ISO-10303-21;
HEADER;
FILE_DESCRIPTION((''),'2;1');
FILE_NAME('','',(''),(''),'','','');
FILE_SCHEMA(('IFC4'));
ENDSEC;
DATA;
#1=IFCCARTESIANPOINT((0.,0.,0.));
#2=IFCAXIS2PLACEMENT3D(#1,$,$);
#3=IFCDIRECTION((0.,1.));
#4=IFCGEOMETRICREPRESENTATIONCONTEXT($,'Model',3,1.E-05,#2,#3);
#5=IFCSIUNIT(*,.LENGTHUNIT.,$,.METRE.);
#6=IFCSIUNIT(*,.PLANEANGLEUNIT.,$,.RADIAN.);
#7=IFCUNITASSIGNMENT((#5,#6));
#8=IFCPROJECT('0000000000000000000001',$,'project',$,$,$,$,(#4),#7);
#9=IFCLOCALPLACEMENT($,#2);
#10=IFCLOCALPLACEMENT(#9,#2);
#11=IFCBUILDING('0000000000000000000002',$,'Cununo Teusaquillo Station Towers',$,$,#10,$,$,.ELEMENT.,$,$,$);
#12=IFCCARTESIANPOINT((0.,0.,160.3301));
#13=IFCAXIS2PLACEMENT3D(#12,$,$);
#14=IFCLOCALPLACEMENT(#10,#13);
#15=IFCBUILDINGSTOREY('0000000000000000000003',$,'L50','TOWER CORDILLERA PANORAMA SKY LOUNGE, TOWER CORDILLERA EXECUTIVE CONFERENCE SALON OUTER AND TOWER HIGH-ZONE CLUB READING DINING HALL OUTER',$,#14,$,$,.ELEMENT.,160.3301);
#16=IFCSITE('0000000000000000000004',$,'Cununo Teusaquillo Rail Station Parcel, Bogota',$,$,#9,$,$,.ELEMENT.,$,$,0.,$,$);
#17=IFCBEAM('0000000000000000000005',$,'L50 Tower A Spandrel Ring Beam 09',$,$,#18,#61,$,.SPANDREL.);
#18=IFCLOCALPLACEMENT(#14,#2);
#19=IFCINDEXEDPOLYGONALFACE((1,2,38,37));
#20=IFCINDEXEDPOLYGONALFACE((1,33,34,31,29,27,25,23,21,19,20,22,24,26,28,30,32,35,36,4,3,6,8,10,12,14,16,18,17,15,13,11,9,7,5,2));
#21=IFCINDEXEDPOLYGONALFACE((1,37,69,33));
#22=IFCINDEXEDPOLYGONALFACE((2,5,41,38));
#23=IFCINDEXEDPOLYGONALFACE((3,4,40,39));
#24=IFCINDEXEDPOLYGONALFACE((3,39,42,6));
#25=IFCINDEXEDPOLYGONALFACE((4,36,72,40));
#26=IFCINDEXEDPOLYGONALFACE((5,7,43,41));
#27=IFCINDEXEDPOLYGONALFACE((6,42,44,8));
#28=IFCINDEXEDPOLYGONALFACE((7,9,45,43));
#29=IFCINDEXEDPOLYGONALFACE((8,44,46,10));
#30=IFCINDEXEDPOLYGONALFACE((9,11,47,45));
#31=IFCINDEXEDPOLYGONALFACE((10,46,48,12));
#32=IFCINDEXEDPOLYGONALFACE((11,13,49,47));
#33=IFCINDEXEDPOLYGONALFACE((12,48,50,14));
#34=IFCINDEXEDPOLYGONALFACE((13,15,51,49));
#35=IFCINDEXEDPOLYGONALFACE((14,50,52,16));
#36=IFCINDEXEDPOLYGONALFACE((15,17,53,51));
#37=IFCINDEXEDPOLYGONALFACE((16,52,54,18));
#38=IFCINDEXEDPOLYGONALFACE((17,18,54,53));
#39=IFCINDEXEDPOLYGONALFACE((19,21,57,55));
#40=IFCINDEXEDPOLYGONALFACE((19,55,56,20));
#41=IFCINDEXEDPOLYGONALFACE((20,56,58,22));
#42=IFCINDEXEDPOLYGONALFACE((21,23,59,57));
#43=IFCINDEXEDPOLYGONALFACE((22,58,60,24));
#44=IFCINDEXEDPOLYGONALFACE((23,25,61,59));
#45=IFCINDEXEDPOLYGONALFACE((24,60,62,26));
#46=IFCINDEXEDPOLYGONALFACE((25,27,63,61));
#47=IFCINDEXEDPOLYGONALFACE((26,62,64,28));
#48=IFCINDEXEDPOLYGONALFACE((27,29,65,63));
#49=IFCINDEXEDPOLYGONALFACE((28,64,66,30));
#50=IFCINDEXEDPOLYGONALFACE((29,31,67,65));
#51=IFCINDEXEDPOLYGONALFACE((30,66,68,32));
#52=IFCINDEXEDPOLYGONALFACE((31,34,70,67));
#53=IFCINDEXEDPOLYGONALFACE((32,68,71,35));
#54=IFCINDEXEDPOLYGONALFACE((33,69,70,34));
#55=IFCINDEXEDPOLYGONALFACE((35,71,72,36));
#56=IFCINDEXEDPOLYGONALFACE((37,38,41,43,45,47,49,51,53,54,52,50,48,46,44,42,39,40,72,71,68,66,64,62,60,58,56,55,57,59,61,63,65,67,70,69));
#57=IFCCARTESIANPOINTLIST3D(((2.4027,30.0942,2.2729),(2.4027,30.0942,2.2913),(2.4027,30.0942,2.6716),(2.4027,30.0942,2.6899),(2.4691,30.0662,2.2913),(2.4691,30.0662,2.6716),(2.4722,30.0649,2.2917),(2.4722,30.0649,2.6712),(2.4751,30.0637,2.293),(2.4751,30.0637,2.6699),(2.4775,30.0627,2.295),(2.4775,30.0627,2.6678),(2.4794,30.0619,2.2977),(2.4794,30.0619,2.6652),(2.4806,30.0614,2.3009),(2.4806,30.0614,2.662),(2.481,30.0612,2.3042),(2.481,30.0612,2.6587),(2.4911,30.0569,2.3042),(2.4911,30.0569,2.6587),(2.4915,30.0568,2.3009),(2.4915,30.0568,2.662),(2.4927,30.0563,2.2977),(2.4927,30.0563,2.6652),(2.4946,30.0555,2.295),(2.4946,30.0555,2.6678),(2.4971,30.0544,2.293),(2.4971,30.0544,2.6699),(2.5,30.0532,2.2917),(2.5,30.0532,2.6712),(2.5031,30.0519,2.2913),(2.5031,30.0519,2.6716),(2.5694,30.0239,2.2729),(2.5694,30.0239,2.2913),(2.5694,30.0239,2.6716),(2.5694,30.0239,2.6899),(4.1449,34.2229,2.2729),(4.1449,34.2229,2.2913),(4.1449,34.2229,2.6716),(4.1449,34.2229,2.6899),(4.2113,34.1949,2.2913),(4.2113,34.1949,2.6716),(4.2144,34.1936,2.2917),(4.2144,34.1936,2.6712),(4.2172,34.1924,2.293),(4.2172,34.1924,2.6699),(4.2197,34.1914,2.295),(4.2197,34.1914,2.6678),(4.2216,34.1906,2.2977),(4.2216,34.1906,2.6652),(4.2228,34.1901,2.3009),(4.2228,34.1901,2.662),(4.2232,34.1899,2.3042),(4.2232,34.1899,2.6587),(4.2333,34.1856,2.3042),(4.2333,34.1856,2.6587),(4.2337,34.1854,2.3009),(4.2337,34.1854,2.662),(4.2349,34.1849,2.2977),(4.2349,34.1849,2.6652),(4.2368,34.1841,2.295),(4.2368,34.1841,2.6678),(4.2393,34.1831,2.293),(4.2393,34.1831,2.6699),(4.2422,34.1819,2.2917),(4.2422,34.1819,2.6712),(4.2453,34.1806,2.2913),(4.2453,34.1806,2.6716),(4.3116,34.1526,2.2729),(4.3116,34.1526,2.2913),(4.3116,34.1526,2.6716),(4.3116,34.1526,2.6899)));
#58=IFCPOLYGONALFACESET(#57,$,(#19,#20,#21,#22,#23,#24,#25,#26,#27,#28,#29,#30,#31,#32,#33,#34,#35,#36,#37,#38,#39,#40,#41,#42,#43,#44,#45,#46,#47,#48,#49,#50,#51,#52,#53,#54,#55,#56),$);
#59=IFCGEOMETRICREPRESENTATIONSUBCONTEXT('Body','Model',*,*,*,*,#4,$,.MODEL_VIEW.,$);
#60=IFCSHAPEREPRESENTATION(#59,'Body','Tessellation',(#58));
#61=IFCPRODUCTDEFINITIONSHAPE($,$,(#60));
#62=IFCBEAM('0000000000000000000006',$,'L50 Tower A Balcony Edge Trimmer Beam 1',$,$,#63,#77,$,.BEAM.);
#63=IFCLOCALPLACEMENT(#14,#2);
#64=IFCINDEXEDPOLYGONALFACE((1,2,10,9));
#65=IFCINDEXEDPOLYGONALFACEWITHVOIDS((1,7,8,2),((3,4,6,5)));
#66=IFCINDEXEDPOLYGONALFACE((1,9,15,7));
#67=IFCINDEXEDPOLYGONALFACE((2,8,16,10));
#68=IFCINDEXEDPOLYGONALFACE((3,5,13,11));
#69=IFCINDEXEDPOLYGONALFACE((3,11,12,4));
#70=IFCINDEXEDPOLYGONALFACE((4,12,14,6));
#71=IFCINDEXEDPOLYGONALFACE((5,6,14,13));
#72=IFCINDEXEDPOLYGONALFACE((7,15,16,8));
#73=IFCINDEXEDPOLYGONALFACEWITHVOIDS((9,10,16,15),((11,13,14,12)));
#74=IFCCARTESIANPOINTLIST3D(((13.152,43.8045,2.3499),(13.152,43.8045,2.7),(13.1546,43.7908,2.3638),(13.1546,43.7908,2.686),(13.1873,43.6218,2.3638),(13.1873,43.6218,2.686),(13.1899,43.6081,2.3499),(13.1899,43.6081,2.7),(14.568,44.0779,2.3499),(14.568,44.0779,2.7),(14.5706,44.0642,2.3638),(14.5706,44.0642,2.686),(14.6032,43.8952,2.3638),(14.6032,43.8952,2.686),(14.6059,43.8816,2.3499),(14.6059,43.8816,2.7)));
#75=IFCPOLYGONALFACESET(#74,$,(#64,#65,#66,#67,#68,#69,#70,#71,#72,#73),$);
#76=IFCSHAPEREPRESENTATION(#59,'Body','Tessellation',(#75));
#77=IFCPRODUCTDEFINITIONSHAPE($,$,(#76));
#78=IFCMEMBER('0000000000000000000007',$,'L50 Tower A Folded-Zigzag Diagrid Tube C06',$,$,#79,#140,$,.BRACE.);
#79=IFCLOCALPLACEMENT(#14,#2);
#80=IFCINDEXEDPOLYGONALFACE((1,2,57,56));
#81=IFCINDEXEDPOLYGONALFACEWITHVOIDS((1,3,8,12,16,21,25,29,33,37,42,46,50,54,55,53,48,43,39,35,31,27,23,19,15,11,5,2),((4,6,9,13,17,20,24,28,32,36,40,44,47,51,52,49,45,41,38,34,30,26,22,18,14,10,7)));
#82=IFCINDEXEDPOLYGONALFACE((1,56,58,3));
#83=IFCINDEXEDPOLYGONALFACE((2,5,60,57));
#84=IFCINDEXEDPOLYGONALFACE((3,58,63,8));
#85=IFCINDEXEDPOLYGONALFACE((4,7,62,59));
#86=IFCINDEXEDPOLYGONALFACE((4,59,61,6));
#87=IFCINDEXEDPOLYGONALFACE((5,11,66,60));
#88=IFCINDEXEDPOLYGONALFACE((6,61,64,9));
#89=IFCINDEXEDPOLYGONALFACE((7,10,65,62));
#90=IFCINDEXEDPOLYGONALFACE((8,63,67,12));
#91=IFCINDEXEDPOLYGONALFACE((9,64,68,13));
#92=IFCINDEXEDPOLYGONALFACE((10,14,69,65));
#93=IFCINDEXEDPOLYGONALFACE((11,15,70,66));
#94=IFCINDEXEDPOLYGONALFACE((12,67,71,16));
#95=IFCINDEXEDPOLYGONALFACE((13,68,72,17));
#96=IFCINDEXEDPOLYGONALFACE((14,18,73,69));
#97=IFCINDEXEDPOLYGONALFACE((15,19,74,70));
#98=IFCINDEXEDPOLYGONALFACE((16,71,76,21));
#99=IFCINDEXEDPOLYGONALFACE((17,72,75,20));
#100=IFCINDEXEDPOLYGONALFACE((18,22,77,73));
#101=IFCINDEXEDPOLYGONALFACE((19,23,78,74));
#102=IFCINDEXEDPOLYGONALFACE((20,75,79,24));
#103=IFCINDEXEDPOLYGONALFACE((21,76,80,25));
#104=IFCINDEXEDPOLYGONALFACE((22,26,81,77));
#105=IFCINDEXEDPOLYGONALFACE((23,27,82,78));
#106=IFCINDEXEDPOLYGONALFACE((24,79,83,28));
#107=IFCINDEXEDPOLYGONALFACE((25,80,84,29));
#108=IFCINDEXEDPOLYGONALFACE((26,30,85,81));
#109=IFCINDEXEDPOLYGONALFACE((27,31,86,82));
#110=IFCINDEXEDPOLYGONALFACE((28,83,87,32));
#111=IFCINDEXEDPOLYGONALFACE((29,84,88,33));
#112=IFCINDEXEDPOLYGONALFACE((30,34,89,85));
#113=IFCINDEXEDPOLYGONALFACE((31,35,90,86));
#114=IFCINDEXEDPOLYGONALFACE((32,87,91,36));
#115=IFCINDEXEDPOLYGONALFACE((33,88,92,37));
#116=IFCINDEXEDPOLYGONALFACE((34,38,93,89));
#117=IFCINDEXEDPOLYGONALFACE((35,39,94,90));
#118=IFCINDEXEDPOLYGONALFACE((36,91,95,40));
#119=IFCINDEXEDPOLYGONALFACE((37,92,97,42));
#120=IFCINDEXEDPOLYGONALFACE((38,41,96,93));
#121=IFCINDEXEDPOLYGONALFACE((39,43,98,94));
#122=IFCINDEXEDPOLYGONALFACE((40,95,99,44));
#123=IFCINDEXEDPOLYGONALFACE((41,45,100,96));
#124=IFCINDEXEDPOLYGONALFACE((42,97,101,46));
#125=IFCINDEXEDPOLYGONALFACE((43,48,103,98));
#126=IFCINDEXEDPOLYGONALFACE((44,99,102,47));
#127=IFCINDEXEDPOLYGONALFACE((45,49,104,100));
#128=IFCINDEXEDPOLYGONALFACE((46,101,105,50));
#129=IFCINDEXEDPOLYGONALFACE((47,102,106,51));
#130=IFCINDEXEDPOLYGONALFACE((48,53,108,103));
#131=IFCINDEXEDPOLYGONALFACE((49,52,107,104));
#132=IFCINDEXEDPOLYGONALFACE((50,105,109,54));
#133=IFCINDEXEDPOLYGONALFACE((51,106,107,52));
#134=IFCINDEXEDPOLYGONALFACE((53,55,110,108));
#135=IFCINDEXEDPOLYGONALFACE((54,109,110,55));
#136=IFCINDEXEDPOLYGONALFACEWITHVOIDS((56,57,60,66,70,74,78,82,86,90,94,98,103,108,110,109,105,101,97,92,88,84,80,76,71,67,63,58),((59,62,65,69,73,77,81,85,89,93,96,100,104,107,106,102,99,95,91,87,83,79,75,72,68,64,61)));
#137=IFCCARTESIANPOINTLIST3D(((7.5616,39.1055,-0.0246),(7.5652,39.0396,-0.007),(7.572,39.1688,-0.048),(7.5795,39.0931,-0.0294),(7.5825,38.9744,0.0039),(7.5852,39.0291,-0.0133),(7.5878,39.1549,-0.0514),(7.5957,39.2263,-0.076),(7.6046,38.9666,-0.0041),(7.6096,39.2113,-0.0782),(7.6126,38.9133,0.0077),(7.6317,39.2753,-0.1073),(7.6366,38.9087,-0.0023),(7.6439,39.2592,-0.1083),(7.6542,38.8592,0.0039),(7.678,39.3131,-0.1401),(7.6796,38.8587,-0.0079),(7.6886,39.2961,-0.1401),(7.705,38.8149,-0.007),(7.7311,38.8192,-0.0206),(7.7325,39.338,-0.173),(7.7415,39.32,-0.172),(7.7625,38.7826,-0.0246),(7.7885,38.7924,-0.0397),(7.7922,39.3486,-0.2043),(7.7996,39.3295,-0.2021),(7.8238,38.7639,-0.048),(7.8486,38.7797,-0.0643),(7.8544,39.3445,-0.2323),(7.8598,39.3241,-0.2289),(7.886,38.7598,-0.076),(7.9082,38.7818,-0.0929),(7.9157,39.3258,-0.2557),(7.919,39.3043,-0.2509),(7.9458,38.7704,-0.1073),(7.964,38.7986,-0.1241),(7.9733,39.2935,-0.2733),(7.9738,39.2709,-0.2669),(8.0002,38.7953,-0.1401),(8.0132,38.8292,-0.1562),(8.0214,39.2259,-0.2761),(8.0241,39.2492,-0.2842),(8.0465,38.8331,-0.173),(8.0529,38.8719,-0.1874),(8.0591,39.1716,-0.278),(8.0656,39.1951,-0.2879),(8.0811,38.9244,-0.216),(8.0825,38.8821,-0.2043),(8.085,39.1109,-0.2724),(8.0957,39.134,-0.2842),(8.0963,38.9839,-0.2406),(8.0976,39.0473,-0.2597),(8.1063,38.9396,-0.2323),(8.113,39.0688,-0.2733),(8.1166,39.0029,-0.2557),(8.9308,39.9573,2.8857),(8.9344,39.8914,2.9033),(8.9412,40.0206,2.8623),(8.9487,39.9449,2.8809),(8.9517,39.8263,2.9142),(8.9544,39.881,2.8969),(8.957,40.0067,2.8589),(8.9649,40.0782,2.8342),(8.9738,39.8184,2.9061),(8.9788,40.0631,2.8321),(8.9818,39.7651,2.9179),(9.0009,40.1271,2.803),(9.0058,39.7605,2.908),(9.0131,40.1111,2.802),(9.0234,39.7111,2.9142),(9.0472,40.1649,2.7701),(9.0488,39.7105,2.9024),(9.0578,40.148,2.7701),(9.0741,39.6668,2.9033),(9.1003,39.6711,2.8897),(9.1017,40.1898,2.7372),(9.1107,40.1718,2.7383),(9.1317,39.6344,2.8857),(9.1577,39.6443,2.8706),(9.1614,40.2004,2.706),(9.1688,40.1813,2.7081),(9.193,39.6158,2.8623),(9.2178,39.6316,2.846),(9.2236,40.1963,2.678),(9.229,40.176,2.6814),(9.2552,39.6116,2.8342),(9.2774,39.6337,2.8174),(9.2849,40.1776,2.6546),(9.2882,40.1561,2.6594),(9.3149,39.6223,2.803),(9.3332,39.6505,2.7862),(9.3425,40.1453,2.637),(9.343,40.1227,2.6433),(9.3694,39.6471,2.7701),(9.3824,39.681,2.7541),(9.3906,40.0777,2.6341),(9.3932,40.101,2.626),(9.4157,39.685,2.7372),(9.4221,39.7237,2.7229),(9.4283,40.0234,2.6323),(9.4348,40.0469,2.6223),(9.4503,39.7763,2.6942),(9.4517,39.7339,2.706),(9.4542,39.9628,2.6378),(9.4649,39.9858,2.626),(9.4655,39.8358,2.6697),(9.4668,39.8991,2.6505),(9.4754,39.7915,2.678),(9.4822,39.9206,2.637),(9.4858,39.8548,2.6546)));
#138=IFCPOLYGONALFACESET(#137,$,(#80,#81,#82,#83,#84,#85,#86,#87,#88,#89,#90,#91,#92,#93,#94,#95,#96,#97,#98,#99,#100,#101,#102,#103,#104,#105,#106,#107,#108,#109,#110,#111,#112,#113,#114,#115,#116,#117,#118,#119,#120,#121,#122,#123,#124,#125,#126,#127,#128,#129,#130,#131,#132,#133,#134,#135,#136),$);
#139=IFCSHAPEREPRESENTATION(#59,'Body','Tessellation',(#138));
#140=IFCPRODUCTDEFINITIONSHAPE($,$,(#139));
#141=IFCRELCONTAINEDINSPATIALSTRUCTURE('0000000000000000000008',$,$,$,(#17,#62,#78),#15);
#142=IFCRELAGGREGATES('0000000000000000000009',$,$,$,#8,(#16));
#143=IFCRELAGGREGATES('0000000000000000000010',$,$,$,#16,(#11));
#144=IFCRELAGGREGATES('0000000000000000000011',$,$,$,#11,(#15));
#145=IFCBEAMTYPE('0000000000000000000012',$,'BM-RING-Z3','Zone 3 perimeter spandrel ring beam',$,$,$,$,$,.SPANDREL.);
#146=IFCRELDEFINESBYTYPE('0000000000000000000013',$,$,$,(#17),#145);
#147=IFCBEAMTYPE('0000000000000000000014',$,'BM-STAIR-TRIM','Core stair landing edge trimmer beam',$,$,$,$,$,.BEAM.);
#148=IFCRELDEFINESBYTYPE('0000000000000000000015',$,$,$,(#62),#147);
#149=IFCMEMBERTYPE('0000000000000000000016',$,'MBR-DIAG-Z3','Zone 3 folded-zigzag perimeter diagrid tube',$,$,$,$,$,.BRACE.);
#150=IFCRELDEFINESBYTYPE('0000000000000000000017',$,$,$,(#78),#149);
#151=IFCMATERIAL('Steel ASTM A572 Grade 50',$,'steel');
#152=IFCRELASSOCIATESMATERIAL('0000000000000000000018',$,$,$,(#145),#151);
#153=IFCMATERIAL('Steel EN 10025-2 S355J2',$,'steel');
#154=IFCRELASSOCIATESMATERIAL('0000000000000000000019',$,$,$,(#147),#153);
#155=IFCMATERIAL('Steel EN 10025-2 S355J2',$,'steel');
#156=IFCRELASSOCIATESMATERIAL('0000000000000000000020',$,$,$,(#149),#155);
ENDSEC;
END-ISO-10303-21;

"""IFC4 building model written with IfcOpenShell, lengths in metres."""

from ifc_helpers import new_model, si_unit, direction, frame, origin, origin_2d, place, context, subcontext, project, spatial, hollow_rectangle, hollow_circle, i_section, extrude, material, material_profile, profile_set, type_object, element, save


model = new_model("IFC4")

# Units and contexts
model_context = context("Model", 3, precision=1e-05, world=origin(), true_north=direction((0.0, 1.0)))
body_context = subcontext(model_context, "Body", "Model", "MODEL_VIEW")
ifc_project = project(units=[si_unit("LENGTHUNIT", "METRE"), si_unit("PLANEANGLEUNIT", "RADIAN")], contexts=[model_context])

# Site, building, storey
site_placement = place(None, origin())
site = spatial("IfcSite", under=ifc_project, at=site_placement, Name="Cununo Teusaquillo Rail Station Parcel, Bogota", CompositionType="ELEMENT", RefElevation=0.0)
building_placement = place(site_placement, origin())
building = spatial("IfcBuilding", under=site, at=building_placement, Name="Cununo Teusaquillo Station Towers", CompositionType="ELEMENT")
storey_placement = place(building_placement, frame((0.0, 0.0, 160.3301)))
storey = spatial("IfcBuildingStorey", under=building, at=storey_placement, Name="L50", Description="TOWER CORDILLERA PANORAMA SKY LOUNGE, TOWER CORDILLERA EXECUTIVE CONFERENCE SALON OUTER AND TOWER HIGH-ZONE CLUB READING DINING HALL OUTER", CompositionType="ELEMENT", Elevation=160.3301)

# Beams
ifc_material_1 = material(Name="Steel ASTM A572 Grade 50", Category="steel")
ifc_material_profile_1 = material_profile(ifc_material_1, i_section(OverallWidth=0.1809, OverallDepth=0.417, WebThickness=0.011, FlangeThickness=0.0183, FilletRadius=0.0129, at=origin_2d()), Name="W16X57")
ifc_profile_set_1 = profile_set([ifc_material_profile_1], Name="Steel ASTM A572 Grade 50")
beam_type_1 = type_object("IfcBeamType", Name="BM-RING-Z3", Description="Zone 3 perimeter spandrel ring beam", PredefinedType="SPANDREL", material=ifc_profile_set_1)
beam_1_placement = place(storey_placement, frame((4.2283, 34.1877, 2.4814), z_axis=(-0.388778, -0.921332, 0.0), x_axis=(0.921332, -0.388778, 0.0)))
element("IfcBeam", 1, at=beam_1_placement, inside=storey, type_object=beam_type_1, Name="L50 Tower A Spandrel Ring Beam 09", PredefinedType="SPANDREL", context=body_context, shape_type="SweptSolid", body=[
    extrude(i_section(OverallWidth=0.1809, OverallDepth=0.417, WebThickness=0.011, FlangeThickness=0.0183, FilletRadius=0.0129, at=origin_2d()), origin(), (0.0, 0.0, 1.0), 4.4812),
])
ifc_material_2 = material(Name="Steel EN 10025-2 S355J2", Category="steel")
ifc_material_profile_2 = material_profile(ifc_material_2, hollow_rectangle(XDim=0.2, YDim=0.3501, WallThickness=0.0139, at=origin_2d()), Name="RHS 350x200x14")
ifc_profile_set_2 = profile_set([ifc_material_profile_2], Name="Steel EN 10025-2 S355J2")
beam_type_2 = type_object("IfcBeamType", Name="BM-STAIR-TRIM", Description="Core stair landing edge trimmer beam", PredefinedType="BEAM", material=ifc_profile_set_2)
beam_2_placement = place(storey_placement, frame((14.5869, 43.9797, 2.5249), z_axis=(-0.981861, -0.189601, 0.0), x_axis=(0.189601, -0.981861, 0.0)))
element("IfcBeam", 2, at=beam_2_placement, inside=storey, type_object=beam_type_2, Name="L50 Tower A Balcony Edge Trimmer Beam 1", PredefinedType="BEAM", context=body_context, shape_type="SweptSolid", body=[
    extrude(hollow_rectangle(XDim=0.2, YDim=0.3501, WallThickness=0.0139, at=origin_2d()), origin(), (0.0, 0.0, 1.0), 1.4421),
])

# Member
ifc_material_3 = material(Name="Steel EN 10025-2 S355J2", Category="steel")
ifc_material_profile_3 = material_profile(ifc_material_3, hollow_circle(Radius=0.3049, WallThickness=0.02, at=origin_2d()), Name="CHS 610x20")
ifc_profile_set_3 = profile_set([ifc_material_profile_3], Name="Steel EN 10025-2 S355J2")
member_type = type_object("IfcMemberType", Name="MBR-DIAG-Z3", Description="Zone 3 folded-zigzag perimeter diagrid tube", PredefinedType="BRACE", material=ifc_profile_set_3)
member_1_placement = place(storey_placement, frame((7.8391, 39.0542, -0.1401), z_axis=(0.41152, 0.256026, 0.874701), x_axis=(-0.528256, 0.849085, 0.0)))
element("IfcMember", 3, at=member_1_placement, inside=storey, type_object=member_type, Name="L50 Tower A Folded-Zigzag Diagrid Tube C06", PredefinedType="BRACE", context=body_context, shape_type="SweptSolid", body=[
    extrude(hollow_circle(Radius=0.3049, WallThickness=0.02, at=origin_2d()), origin(), (0.0, 0.0, 1.0), 3.3271),
])

save(model, "model.ifc")
